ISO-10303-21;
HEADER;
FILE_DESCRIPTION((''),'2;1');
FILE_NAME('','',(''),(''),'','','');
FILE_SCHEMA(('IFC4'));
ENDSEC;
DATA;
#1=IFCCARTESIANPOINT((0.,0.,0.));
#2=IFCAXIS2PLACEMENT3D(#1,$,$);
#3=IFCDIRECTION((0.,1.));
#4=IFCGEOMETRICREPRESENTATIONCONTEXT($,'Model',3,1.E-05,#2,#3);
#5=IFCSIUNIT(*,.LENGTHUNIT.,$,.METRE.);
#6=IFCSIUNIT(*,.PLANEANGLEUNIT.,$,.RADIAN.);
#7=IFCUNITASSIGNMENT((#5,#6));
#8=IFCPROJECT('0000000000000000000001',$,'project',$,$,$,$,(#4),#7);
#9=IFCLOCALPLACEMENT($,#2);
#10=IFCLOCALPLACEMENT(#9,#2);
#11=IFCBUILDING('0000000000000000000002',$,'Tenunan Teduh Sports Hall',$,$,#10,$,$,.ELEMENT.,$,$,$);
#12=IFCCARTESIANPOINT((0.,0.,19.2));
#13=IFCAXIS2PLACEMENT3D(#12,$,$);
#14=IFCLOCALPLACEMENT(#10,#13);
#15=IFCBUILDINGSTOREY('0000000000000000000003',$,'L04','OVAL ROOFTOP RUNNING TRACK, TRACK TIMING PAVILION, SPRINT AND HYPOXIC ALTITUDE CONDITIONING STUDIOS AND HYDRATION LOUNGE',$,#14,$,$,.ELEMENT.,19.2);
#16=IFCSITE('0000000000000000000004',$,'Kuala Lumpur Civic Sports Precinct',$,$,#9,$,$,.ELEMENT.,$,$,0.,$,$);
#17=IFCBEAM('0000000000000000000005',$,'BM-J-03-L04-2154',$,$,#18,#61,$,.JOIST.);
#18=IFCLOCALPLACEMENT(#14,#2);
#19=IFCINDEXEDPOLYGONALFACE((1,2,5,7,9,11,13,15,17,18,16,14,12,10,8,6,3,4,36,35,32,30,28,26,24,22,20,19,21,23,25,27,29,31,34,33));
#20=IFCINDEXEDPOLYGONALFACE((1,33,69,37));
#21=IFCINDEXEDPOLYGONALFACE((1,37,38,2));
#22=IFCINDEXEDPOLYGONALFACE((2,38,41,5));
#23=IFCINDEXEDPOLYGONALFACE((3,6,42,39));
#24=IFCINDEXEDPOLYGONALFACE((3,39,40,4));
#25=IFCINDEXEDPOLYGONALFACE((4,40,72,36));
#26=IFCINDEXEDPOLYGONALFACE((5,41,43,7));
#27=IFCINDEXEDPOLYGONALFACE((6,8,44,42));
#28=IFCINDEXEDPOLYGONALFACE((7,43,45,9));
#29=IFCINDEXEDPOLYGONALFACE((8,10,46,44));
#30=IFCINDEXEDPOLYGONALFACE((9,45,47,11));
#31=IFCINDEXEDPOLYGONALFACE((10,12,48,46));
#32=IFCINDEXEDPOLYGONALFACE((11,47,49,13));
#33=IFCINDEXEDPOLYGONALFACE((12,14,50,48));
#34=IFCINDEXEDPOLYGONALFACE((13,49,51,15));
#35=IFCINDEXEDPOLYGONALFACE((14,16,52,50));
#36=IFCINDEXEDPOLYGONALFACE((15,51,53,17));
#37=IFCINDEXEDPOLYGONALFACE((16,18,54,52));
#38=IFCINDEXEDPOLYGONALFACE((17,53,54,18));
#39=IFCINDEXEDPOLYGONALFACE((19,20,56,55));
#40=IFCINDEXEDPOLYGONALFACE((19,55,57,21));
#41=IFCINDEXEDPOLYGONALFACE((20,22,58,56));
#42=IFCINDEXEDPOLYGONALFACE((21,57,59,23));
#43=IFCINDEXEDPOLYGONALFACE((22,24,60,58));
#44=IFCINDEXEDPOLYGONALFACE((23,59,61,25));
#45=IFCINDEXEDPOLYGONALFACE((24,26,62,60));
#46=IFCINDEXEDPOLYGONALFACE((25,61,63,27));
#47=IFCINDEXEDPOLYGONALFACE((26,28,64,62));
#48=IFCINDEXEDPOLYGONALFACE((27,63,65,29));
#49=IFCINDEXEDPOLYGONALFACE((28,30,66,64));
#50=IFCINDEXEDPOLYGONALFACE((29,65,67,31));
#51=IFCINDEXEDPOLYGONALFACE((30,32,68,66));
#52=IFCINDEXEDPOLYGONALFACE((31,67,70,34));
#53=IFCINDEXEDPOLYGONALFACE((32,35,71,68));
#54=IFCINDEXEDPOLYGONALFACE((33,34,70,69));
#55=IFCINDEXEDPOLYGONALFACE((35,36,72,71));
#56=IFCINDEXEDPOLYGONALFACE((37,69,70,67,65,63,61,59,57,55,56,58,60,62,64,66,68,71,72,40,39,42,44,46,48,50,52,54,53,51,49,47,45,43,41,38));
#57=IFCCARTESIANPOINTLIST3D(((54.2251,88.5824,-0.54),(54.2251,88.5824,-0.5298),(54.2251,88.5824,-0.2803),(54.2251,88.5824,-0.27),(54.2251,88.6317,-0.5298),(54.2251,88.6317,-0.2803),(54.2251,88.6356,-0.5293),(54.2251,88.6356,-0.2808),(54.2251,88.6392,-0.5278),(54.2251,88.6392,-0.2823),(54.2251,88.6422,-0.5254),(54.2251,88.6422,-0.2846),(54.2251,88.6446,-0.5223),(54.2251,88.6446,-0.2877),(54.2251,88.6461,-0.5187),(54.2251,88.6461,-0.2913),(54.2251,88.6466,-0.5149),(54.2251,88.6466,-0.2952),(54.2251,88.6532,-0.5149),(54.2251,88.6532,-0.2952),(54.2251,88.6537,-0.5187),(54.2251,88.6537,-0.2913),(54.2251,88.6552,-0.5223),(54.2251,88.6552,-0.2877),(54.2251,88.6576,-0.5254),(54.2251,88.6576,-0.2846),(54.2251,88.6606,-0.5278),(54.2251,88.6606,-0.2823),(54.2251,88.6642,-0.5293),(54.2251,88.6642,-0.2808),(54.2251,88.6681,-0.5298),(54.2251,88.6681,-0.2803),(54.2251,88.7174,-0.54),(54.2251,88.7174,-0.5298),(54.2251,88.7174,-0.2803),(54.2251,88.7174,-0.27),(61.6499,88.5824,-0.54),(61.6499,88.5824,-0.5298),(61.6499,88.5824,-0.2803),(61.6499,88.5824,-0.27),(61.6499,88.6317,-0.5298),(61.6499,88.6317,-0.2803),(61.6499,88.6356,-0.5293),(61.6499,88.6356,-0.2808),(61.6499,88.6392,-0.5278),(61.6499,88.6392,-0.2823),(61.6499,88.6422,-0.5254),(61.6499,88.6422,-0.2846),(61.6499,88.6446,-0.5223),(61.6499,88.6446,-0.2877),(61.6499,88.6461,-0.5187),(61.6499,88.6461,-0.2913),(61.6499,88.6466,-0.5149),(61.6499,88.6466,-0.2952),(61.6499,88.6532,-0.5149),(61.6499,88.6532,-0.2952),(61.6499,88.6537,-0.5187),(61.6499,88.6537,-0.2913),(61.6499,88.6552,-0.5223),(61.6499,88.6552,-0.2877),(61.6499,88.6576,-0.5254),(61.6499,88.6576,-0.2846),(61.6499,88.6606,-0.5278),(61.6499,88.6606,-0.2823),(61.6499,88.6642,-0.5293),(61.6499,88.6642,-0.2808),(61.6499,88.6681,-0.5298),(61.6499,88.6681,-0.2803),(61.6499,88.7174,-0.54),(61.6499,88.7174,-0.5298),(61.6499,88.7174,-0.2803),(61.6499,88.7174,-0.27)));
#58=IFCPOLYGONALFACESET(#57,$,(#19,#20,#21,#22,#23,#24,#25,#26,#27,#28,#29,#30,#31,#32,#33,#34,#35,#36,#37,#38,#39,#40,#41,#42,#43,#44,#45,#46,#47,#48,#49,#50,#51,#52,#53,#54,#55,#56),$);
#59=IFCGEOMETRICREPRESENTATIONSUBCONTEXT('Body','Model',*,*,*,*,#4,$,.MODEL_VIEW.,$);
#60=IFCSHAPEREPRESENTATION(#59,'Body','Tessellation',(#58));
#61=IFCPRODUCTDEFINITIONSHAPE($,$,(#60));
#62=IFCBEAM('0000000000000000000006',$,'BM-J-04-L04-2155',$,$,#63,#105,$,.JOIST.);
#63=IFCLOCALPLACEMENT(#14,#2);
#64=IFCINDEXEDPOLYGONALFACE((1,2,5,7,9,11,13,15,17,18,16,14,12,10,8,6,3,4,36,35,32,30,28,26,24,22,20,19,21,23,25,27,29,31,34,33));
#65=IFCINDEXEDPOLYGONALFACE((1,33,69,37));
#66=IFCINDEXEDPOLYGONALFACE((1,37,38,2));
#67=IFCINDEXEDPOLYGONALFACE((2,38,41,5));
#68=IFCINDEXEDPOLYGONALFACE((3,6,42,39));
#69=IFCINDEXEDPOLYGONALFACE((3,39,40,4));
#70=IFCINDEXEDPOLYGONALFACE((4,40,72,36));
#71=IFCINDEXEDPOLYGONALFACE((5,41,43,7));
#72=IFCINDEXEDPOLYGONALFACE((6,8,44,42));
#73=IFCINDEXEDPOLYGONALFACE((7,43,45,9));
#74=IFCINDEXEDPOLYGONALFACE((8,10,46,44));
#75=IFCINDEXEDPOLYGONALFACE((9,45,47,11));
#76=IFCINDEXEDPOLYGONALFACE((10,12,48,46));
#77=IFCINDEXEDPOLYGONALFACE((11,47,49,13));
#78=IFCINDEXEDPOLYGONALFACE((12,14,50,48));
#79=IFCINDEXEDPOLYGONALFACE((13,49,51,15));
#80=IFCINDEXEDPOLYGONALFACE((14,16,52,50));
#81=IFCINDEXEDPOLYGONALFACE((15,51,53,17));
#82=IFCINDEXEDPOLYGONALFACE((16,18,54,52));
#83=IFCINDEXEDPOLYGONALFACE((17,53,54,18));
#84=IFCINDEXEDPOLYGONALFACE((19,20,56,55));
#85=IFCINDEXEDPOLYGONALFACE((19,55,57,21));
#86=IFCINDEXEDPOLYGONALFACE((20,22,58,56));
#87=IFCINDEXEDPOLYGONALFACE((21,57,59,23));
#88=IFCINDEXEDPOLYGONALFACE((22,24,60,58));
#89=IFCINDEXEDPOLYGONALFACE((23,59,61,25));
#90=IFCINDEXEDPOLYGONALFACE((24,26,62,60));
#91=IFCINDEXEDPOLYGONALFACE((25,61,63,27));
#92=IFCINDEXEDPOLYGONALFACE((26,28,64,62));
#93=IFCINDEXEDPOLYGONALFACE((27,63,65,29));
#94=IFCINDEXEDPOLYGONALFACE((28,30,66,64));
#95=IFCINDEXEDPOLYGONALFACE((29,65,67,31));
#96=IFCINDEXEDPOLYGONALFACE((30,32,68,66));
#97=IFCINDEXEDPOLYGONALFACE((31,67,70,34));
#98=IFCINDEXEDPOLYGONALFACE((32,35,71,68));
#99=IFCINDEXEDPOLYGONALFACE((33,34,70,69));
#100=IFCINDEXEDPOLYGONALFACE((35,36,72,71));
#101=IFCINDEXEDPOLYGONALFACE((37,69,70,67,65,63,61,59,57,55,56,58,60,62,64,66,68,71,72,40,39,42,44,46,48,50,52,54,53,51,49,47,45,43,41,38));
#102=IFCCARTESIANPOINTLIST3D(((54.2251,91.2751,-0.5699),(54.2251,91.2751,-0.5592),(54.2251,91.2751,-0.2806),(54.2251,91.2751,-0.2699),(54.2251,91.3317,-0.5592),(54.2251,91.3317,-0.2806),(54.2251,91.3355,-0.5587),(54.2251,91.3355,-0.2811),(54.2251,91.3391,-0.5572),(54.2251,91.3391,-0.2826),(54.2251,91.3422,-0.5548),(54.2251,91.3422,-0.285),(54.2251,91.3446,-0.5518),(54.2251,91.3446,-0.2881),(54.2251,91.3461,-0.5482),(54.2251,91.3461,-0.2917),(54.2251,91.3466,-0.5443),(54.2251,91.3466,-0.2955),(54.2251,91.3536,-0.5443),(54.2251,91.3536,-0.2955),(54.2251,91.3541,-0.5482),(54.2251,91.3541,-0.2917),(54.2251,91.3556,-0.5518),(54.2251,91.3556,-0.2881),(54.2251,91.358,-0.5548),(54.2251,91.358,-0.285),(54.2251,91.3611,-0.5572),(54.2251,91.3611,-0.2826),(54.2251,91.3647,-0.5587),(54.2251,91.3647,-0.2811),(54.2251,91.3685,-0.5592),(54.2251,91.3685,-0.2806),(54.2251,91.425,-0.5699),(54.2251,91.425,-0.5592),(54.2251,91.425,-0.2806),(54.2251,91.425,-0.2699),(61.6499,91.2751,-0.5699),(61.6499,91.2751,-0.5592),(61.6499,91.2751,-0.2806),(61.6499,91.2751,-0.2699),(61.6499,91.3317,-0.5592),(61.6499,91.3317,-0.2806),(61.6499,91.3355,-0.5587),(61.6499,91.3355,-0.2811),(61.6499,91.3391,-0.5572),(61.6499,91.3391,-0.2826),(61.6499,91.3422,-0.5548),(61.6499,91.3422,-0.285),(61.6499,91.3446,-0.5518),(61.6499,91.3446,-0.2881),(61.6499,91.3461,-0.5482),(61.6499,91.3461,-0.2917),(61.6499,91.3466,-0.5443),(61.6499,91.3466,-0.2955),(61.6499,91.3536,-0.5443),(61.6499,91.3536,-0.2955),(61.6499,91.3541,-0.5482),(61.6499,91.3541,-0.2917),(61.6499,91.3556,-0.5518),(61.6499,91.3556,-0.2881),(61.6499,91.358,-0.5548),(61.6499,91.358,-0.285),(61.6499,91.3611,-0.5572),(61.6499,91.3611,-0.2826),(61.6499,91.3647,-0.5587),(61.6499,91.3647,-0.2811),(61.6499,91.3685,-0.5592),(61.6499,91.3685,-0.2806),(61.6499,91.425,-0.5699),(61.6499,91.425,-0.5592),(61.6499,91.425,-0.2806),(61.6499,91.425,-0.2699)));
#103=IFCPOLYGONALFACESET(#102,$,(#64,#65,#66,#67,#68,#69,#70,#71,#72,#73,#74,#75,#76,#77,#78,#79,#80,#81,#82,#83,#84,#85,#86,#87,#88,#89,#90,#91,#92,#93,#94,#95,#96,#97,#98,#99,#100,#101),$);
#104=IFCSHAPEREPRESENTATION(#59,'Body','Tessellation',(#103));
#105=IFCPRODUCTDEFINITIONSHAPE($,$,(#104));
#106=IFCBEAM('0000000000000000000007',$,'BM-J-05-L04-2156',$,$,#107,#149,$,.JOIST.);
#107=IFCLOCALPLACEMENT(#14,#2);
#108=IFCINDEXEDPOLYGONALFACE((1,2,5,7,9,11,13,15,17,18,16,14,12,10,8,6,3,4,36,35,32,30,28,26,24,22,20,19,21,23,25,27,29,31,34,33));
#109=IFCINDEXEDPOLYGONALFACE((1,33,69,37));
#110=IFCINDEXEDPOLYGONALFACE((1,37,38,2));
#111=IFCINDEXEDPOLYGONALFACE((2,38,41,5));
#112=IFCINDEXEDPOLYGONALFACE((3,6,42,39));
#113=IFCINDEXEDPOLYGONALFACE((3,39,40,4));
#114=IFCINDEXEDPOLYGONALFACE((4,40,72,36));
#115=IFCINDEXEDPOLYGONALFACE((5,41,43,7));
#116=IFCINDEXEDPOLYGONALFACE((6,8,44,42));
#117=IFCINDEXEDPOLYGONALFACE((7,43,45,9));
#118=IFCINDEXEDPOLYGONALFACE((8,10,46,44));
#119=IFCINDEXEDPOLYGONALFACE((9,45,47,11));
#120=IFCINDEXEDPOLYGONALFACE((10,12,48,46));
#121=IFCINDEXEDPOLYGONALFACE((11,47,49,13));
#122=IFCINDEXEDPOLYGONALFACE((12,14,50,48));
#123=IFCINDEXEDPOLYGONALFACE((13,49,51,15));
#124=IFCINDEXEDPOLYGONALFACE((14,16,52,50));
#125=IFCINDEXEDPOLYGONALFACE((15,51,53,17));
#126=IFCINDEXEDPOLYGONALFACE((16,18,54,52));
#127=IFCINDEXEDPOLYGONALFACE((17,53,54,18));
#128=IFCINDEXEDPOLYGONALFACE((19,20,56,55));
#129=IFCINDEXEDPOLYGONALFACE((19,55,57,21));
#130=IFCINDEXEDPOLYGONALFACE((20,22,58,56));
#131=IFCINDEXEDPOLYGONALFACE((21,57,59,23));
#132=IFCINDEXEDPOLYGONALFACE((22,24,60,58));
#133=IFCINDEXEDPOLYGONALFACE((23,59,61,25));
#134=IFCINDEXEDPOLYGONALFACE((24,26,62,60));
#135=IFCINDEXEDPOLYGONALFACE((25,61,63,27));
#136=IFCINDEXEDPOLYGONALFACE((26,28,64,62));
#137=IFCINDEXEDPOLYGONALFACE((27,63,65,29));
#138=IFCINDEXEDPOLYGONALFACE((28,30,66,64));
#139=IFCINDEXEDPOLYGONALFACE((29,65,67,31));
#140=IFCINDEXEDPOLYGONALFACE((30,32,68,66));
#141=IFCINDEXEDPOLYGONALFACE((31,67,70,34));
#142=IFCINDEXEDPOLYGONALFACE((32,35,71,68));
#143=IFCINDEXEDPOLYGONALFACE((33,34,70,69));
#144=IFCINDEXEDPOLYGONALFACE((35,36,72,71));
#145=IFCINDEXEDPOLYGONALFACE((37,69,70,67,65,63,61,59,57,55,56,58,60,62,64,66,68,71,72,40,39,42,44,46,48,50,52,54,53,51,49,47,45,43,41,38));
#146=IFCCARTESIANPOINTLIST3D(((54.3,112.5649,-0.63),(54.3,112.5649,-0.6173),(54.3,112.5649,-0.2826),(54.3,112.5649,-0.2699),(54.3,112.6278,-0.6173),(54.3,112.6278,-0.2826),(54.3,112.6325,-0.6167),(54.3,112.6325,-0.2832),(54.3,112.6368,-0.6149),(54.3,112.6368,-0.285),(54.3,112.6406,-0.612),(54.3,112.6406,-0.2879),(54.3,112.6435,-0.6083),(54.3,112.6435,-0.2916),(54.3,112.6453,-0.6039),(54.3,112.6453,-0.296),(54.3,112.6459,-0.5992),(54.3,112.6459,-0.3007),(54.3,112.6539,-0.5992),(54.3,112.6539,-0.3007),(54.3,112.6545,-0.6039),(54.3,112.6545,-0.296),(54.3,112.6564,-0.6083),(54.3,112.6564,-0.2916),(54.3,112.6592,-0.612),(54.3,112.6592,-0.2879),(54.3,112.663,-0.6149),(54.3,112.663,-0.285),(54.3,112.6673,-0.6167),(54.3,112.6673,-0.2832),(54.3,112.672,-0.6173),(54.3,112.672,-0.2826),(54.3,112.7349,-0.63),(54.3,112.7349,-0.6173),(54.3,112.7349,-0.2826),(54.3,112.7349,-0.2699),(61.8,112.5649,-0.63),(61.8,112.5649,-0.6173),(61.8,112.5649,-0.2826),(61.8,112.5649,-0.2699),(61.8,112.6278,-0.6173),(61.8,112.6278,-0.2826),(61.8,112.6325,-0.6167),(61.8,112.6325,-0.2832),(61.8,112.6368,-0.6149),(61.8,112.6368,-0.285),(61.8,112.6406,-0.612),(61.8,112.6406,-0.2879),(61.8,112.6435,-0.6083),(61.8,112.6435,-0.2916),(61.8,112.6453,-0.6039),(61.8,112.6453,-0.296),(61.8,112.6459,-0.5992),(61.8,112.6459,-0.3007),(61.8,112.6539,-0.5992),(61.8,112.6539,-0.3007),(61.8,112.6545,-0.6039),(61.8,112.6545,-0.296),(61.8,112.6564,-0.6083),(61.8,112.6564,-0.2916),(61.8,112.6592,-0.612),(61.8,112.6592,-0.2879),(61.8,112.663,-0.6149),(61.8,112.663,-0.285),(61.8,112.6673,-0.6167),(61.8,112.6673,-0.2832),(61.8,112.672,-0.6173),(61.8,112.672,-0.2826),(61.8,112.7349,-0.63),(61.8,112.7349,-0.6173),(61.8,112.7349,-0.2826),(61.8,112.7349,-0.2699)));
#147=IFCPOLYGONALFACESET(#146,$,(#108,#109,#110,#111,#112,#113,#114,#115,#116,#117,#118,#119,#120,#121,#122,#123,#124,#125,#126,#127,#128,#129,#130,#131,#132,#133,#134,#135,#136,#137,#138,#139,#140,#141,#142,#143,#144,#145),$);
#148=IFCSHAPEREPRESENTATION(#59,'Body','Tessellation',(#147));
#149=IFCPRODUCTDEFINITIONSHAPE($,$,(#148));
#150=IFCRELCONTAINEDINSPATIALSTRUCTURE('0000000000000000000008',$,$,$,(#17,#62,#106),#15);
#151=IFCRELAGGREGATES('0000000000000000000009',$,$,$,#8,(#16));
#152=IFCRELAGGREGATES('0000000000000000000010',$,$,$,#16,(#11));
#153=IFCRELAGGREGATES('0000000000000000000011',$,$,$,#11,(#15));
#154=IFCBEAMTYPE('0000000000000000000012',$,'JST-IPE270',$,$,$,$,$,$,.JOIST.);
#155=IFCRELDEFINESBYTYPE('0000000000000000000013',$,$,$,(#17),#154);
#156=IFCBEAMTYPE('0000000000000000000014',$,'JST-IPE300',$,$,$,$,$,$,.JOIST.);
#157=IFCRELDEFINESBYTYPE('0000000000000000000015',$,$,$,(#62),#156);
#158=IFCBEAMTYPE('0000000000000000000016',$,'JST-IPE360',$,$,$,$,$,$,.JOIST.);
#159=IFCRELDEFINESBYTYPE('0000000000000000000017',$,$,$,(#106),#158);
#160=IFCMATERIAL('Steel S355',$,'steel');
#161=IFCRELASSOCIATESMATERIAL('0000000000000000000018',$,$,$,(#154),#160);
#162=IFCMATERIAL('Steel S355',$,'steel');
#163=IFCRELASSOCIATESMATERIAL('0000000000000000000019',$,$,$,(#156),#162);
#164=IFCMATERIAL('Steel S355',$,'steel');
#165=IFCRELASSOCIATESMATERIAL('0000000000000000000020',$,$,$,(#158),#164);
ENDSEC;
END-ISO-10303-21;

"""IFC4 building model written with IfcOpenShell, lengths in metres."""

from ifc_helpers import new_model, si_unit, direction, frame, origin, origin_2d, place, context, subcontext, project, spatial, i_section, extrude, material, material_profile, profile_set, type_object, element, save


model = new_model("IFC4")

# Units and contexts
model_context = context("Model", 3, precision=1e-05, world=origin(), true_north=direction((0.0, 1.0)))
body_context = subcontext(model_context, "Body", "Model", "MODEL_VIEW")
ifc_project = project(units=[si_unit("LENGTHUNIT", "METRE"), si_unit("PLANEANGLEUNIT", "RADIAN")], contexts=[model_context])

# Site, building, storey
site_placement = place(None, origin())
site = spatial("IfcSite", under=ifc_project, at=site_placement, Name="Kuala Lumpur Civic Sports Precinct", CompositionType="ELEMENT", RefElevation=0.0)
building_placement = place(site_placement, origin())
building = spatial("IfcBuilding", under=site, at=building_placement, Name="Tenunan Teduh Sports Hall", CompositionType="ELEMENT")
storey_placement = place(building_placement, frame((0.0, 0.0, 19.2)))
storey = spatial("IfcBuildingStorey", under=building, at=storey_placement, Name="L04", Description="OVAL ROOFTOP RUNNING TRACK, TRACK TIMING PAVILION, SPRINT AND HYPOXIC ALTITUDE CONDITIONING STUDIOS AND HYDRATION LOUNGE", CompositionType="ELEMENT", Elevation=19.2)

# Beams
ifc_material_1 = material(Name="Steel S355", Category="steel")
ifc_material_profile_1 = material_profile(ifc_material_1, i_section(OverallWidth=0.135, OverallDepth=0.27, WebThickness=0.0066, FlangeThickness=0.0103, FilletRadius=0.0149, at=origin_2d()), Name="IPE 270")
ifc_profile_set_1 = profile_set([ifc_material_profile_1], Name="Steel S355")
beam_type_1 = type_object("IfcBeamType", Name="JST-IPE270", PredefinedType="JOIST", material=ifc_profile_set_1)
beam_1_placement = place(storey_placement, frame((54.2251, 88.6499, -0.405), z_axis=(1.0, 0.0, 0.0), x_axis=(0.0, 1.0, 0.0)))
element("IfcBeam", 1, at=beam_1_placement, inside=storey, type_object=beam_type_1, Name="BM-J-03-L04-2154", PredefinedType="JOIST", context=body_context, shape_type="SweptSolid", body=[
    extrude(i_section(OverallWidth=0.135, OverallDepth=0.27, WebThickness=0.0066, FlangeThickness=0.0103, FilletRadius=0.0149, at=origin_2d()), origin(), (0.0, 0.0, 1.0), 7.4248),
])
ifc_material_2 = material(Name="Steel S355", Category="steel")
ifc_material_profile_2 = material_profile(ifc_material_2, i_section(OverallWidth=0.1499, OverallDepth=0.3, WebThickness=0.0071, FlangeThickness=0.0107, FilletRadius=0.0149, at=origin_2d()), Name="IPE 300")
ifc_profile_set_2 = profile_set([ifc_material_profile_2], Name="Steel S355")
beam_type_2 = type_object("IfcBeamType", Name="JST-IPE300", PredefinedType="JOIST", material=ifc_profile_set_2)
beam_2_placement = place(storey_placement, frame((54.2251, 91.3501, -0.4199), z_axis=(1.0, 0.0, 0.0), x_axis=(0.0, 1.0, 0.0)))
element("IfcBeam", 2, at=beam_2_placement, inside=storey, type_object=beam_type_2, Name="BM-J-04-L04-2155", PredefinedType="JOIST", context=body_context, shape_type="SweptSolid", body=[
    extrude(i_section(OverallWidth=0.1499, OverallDepth=0.3, WebThickness=0.0071, FlangeThickness=0.0107, FilletRadius=0.0149, at=origin_2d()), origin(), (0.0, 0.0, 1.0), 7.4248),
])
ifc_material_3 = material(Name="Steel S355", Category="steel")
ifc_material_profile_3 = material_profile(ifc_material_3, i_section(OverallWidth=0.1699, OverallDepth=0.3601, WebThickness=0.0081, FlangeThickness=0.0127, FilletRadius=0.0181, at=origin_2d()), Name="IPE 360")
ifc_profile_set_3 = profile_set([ifc_material_profile_3], Name="Steel S355")
beam_type_3 = type_object("IfcBeamType", Name="JST-IPE360", PredefinedType="JOIST", material=ifc_profile_set_3)
beam_3_placement = place(storey_placement, frame((54.3, 112.6499, -0.45), z_axis=(1.0, 0.0, 0.0), x_axis=(0.0, 1.0, 0.0)))
element("IfcBeam", 3, at=beam_3_placement, inside=storey, type_object=beam_type_3, Name="BM-J-05-L04-2156", PredefinedType="JOIST", context=body_context, shape_type="SweptSolid", body=[
    extrude(i_section(OverallWidth=0.1699, OverallDepth=0.3601, WebThickness=0.0081, FlangeThickness=0.0127, FilletRadius=0.0181, at=origin_2d()), origin(), (0.0, 0.0, 1.0), 7.5),
])

save(model, "model.ifc")
